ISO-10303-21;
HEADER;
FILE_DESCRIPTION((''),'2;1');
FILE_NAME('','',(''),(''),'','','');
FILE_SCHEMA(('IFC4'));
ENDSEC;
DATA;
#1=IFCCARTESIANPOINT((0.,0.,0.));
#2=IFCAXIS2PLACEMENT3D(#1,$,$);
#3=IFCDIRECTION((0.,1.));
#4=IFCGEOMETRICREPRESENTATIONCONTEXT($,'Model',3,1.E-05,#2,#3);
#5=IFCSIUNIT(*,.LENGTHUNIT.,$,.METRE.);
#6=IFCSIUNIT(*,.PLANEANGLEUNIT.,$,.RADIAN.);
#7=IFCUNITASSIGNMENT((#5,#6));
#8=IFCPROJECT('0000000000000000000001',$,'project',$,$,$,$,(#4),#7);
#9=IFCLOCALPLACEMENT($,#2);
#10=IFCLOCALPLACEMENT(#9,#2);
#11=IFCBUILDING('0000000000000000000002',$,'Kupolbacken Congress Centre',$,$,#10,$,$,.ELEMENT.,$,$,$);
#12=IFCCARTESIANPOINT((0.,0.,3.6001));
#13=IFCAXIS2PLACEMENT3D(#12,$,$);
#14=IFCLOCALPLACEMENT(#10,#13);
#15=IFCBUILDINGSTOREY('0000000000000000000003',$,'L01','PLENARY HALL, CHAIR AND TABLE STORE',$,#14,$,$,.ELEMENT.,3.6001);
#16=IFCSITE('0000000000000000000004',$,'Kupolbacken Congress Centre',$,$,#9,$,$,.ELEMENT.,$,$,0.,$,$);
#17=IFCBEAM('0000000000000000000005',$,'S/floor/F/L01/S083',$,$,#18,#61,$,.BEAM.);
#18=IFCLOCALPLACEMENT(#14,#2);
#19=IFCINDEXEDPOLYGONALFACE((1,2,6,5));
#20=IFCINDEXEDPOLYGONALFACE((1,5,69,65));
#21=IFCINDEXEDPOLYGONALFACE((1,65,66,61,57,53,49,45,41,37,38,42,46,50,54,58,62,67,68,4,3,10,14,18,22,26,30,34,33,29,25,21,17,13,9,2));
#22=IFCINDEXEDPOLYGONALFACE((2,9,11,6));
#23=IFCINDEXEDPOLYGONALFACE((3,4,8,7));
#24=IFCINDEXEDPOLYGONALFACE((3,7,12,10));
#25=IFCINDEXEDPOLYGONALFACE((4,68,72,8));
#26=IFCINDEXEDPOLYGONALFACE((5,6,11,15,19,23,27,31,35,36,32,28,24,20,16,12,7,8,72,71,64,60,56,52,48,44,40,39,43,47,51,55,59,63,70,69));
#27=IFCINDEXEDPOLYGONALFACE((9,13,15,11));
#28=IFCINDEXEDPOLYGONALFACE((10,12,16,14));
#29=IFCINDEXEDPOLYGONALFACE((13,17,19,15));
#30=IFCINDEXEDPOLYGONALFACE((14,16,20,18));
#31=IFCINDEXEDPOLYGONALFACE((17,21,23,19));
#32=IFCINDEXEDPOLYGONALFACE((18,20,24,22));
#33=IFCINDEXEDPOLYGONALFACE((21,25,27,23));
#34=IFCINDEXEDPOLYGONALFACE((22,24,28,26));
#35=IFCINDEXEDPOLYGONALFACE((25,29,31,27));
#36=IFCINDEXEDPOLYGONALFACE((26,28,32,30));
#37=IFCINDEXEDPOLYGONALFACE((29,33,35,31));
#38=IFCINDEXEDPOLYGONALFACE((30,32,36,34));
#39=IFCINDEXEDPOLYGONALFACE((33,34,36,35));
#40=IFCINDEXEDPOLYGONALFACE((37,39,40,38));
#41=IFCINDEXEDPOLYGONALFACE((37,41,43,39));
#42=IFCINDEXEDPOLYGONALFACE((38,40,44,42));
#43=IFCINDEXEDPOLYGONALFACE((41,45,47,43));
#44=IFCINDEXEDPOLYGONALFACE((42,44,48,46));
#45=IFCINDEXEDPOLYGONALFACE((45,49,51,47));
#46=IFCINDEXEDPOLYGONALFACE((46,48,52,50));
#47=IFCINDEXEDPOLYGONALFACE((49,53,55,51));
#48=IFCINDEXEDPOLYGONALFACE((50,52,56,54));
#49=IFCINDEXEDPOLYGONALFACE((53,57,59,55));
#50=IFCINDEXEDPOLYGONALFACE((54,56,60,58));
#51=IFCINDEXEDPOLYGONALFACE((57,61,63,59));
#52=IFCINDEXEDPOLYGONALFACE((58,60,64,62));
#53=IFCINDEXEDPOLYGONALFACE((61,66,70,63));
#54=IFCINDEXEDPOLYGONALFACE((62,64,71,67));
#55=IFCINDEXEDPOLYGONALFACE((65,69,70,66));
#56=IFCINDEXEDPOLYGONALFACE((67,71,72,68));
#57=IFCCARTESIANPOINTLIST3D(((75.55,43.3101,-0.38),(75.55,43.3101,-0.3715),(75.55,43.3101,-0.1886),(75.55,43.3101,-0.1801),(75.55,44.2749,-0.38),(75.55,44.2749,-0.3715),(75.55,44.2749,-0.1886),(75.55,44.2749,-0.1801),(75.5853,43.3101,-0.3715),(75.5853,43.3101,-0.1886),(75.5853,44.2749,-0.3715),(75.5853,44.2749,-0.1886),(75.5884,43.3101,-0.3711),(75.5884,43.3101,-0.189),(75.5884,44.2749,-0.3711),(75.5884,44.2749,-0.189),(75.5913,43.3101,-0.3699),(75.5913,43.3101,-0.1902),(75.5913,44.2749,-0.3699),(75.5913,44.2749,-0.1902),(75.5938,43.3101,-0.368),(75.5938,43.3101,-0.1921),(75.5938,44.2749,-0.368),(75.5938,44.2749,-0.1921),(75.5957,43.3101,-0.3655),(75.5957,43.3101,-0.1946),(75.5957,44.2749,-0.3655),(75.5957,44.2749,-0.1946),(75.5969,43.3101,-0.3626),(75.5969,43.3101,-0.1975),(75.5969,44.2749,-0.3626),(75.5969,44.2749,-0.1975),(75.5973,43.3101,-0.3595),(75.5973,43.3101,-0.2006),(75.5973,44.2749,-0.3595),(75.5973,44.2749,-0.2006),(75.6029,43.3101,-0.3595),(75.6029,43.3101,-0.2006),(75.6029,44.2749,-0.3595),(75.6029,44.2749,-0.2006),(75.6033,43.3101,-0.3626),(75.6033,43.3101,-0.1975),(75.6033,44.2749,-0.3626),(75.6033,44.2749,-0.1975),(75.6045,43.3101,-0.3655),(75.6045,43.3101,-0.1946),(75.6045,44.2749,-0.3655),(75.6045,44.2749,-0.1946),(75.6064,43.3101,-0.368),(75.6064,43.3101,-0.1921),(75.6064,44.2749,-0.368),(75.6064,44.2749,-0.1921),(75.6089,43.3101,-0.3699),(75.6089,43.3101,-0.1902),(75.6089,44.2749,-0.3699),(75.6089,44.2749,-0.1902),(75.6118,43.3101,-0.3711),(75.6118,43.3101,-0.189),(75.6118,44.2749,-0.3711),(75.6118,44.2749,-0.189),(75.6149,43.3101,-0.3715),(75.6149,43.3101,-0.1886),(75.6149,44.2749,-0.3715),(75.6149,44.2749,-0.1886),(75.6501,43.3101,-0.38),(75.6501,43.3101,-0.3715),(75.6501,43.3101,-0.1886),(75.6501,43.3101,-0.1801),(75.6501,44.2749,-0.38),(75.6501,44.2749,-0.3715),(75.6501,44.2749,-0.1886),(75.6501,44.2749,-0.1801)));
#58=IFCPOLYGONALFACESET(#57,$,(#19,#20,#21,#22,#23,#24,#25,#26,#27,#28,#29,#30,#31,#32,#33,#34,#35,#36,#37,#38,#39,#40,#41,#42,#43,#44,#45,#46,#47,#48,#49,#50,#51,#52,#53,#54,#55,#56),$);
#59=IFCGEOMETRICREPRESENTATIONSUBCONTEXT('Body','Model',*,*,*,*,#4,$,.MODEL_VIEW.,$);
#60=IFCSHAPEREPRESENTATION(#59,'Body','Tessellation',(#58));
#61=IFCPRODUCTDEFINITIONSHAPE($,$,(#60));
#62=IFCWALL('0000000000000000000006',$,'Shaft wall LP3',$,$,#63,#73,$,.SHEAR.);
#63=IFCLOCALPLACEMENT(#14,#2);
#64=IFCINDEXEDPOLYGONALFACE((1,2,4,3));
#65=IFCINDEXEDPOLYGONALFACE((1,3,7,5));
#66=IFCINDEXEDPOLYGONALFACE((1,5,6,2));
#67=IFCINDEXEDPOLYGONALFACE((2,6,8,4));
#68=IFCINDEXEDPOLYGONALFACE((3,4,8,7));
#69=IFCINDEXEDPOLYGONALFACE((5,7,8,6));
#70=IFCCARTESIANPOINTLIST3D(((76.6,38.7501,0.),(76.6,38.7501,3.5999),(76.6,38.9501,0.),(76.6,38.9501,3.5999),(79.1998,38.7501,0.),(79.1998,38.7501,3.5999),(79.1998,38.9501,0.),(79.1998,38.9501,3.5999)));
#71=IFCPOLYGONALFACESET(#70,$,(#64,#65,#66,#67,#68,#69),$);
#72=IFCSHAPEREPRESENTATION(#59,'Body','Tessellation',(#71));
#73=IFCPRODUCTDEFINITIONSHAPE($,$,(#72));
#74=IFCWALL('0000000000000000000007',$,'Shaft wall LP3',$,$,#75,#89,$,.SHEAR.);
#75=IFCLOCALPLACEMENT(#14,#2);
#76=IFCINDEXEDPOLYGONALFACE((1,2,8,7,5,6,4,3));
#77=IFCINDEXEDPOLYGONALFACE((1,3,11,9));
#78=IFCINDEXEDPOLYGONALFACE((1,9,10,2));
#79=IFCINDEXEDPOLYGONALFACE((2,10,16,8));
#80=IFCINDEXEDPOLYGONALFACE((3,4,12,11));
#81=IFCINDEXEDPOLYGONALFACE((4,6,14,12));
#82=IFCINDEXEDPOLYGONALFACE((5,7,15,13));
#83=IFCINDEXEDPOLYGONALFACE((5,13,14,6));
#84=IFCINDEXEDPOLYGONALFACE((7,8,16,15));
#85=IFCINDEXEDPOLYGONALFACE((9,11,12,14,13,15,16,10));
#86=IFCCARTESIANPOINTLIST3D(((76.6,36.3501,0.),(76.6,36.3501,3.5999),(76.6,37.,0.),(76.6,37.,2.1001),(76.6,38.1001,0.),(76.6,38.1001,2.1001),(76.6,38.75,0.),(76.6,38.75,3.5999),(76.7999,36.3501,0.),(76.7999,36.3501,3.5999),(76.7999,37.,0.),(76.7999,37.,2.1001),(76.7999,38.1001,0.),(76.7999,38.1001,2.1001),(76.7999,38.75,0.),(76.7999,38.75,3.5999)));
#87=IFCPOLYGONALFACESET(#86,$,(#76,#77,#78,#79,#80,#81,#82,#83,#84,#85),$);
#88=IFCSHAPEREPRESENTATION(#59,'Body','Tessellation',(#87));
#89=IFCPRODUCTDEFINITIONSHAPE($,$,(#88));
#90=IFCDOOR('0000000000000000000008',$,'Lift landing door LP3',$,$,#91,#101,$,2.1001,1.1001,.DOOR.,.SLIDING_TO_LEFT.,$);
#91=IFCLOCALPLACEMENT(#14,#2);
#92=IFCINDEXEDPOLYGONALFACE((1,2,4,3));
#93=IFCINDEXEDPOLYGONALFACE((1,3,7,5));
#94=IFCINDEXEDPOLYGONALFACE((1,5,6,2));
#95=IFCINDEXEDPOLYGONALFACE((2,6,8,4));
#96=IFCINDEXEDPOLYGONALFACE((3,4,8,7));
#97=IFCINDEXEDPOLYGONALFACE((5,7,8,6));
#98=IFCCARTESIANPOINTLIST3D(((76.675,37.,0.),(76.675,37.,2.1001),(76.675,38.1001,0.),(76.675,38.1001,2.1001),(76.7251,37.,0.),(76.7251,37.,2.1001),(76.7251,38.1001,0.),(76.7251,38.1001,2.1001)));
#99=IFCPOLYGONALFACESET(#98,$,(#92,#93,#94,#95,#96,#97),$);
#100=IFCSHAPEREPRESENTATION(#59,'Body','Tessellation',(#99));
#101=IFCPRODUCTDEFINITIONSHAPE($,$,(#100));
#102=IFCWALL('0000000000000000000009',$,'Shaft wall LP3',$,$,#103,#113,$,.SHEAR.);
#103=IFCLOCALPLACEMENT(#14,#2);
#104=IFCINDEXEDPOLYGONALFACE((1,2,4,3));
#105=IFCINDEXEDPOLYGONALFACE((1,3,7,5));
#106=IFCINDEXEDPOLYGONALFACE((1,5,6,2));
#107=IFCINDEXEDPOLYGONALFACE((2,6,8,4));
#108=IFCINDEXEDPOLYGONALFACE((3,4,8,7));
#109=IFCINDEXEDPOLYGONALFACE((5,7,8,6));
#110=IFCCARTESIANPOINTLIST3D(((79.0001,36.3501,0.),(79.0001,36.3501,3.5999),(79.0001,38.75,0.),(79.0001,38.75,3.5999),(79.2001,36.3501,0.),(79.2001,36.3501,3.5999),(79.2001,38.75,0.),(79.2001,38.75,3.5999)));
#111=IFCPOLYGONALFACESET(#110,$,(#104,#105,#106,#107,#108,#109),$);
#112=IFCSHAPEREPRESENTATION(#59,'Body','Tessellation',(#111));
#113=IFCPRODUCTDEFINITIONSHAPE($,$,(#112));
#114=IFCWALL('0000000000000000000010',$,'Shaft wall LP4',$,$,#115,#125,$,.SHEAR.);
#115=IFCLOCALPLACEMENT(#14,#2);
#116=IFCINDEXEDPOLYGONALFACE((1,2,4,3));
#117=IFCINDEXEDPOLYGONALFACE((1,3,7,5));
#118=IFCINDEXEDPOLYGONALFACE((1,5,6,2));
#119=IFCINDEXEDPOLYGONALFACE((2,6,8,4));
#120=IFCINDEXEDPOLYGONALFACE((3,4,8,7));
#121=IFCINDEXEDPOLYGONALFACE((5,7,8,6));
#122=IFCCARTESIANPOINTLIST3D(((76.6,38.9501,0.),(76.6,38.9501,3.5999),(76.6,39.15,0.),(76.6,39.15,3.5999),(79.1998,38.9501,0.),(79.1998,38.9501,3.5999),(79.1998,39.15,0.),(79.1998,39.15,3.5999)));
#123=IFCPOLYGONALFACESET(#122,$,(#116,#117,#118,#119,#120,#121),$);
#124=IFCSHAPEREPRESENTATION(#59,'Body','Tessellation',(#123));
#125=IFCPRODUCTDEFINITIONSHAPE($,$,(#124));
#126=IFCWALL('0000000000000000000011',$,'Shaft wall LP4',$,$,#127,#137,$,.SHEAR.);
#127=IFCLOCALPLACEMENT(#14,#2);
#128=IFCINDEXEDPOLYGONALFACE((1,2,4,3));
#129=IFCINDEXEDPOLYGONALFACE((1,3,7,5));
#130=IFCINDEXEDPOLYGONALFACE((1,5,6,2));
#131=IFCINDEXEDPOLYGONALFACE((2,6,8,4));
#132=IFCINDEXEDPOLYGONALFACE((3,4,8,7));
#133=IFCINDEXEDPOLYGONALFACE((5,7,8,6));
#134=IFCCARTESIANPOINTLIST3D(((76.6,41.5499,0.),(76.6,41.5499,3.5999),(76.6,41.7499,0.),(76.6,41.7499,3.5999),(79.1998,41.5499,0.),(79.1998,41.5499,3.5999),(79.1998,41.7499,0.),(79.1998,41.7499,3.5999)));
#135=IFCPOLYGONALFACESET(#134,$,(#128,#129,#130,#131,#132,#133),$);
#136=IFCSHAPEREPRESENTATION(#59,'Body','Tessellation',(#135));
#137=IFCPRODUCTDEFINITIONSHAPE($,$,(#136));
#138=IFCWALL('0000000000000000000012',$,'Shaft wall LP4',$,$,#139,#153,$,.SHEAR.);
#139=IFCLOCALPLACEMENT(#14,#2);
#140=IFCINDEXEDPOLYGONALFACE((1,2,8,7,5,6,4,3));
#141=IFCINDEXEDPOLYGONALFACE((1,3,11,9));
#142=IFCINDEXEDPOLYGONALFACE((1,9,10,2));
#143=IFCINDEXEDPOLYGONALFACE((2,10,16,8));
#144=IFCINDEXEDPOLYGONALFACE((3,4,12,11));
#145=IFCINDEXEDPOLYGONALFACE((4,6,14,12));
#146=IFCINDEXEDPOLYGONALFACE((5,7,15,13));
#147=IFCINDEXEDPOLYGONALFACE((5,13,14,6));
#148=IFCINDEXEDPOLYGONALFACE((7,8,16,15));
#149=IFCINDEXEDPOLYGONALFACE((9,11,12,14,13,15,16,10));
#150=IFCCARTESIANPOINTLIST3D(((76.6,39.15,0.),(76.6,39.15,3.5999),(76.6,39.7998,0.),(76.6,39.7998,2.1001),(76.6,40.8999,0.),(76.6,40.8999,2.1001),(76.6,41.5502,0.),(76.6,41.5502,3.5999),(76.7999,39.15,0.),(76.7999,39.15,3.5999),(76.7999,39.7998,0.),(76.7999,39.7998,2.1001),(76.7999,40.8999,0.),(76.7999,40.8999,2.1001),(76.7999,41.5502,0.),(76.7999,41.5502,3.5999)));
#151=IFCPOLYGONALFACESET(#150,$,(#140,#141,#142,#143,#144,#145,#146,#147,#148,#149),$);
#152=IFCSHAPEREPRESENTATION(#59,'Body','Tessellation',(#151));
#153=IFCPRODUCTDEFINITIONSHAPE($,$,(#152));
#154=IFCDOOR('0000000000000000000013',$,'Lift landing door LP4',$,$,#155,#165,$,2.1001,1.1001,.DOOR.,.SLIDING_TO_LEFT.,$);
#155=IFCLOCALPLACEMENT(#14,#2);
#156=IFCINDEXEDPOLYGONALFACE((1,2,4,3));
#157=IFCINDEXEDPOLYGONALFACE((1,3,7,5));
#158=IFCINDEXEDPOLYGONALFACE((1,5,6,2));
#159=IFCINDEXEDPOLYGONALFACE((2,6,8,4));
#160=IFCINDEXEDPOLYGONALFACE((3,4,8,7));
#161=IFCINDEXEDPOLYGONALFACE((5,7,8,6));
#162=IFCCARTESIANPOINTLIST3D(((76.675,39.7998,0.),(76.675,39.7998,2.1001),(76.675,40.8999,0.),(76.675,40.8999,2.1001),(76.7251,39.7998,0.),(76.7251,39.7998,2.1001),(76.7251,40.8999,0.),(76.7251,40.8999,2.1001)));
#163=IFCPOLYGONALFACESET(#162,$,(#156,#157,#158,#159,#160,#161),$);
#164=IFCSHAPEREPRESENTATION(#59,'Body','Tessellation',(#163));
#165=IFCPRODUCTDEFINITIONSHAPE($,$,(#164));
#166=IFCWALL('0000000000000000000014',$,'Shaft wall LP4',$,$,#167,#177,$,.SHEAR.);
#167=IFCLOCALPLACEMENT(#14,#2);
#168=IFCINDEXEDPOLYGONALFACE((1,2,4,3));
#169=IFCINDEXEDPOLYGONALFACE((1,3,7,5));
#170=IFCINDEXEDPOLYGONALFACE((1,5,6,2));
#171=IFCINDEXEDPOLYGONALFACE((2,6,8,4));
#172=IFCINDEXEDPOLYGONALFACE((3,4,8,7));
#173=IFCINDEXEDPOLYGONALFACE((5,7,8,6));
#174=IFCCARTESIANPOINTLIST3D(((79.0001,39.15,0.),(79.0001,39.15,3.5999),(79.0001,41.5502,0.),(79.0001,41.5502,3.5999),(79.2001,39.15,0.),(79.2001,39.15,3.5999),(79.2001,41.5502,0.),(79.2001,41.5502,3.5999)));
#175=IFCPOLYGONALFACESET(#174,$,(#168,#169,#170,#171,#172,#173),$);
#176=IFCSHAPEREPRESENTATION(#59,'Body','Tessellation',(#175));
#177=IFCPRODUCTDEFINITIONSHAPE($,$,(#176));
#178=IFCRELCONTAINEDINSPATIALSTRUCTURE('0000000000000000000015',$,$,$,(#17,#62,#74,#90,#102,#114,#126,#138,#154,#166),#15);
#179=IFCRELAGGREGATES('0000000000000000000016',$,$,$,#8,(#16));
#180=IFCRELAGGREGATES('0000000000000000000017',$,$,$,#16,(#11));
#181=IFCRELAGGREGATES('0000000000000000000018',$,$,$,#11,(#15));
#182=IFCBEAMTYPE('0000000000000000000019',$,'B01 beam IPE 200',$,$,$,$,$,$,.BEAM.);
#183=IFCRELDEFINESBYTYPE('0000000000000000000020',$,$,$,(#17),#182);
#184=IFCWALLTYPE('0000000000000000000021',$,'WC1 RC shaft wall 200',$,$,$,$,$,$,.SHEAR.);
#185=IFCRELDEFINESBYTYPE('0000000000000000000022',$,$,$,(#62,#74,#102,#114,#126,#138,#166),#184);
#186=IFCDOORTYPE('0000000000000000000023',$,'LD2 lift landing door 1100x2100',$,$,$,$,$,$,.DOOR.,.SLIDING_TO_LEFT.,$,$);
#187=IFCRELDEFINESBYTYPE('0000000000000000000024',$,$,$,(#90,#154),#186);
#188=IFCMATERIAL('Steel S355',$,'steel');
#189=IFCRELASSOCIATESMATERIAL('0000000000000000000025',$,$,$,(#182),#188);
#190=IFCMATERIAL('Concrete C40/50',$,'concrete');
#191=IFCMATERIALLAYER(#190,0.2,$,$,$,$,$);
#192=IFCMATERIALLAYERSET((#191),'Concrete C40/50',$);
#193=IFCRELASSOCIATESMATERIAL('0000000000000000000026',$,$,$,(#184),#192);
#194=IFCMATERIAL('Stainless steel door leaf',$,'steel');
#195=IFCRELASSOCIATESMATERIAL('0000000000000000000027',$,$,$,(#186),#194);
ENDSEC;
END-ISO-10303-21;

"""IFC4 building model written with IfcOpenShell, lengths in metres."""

from ifc_helpers import new_model, si_unit, direction, frame, frame_2d, origin, origin_2d, place, context, subcontext, project, spatial, rectangle, i_section, extrude, material, layer, layer_set, material_profile, profile_set, type_object, element, fill, save


model = new_model("IFC4")

# Units and contexts
model_context = context("Model", 3, precision=1e-05, world=origin(), true_north=direction((0.0, 1.0)))
body_context = subcontext(model_context, "Body", "Model", "MODEL_VIEW")
ifc_project = project(units=[si_unit("LENGTHUNIT", "METRE"), si_unit("PLANEANGLEUNIT", "RADIAN")], contexts=[model_context])

# Site, building, storey
site_placement = place(None, origin())
site = spatial("IfcSite", under=ifc_project, at=site_placement, Name="Kupolbacken Congress Centre", CompositionType="ELEMENT", RefElevation=0.0)
building_placement = place(site_placement, origin())
building = spatial("IfcBuilding", under=site, at=building_placement, Name="Kupolbacken Congress Centre", CompositionType="ELEMENT")
storey_placement = place(building_placement, frame((0.0, 0.0, 3.6001)))
storey = spatial("IfcBuildingStorey", under=building, at=storey_placement, Name="L01", Description="PLENARY HALL, CHAIR AND TABLE STORE", CompositionType="ELEMENT", Elevation=3.6001)

# Beam
ifc_material_1 = material(Name="Steel S355", Category="steel")
ifc_material_profile = material_profile(ifc_material_1, i_section(OverallWidth=0.1001, OverallDepth=0.2, WebThickness=0.0056, FlangeThickness=0.0085, FilletRadius=0.012, at=origin_2d()), Name="IPE 200")
ifc_profile_set = profile_set([ifc_material_profile], Name="Steel S355")
beam_type = type_object("IfcBeamType", Name="B01 beam IPE 200", PredefinedType="BEAM", material=ifc_profile_set)
beam_placement = place(storey_placement, frame((75.6001, 43.3101, -0.28), z_axis=(0.0, 1.0, 0.0), x_axis=(-1.0, 0.0, 0.0)))
element("IfcBeam", 1, at=beam_placement, inside=storey, type_object=beam_type, Name="S/floor/F/L01/S083", PredefinedType="BEAM", context=body_context, shape_type="SweptSolid", body=[
    extrude(i_section(OverallWidth=0.1001, OverallDepth=0.2, WebThickness=0.0056, FlangeThickness=0.0085, FilletRadius=0.012, at=origin_2d()), origin(), (0.0, 0.0, 1.0), 0.9648),
])

# Wall
ifc_material_2 = material(Name="Concrete C40/50", Category="concrete")
ifc_layer_1 = layer(ifc_material_2, 0.2)
ifc_layer_set_1 = layer_set([ifc_layer_1], Name="Concrete C40/50")
wall_type_1 = type_object("IfcWallType", Name="WC1 RC shaft wall 200", PredefinedType="SHEAR", material=ifc_layer_set_1)
wall_1_placement = place(storey_placement, frame((76.6001, 38.8501, 0.0), z_axis=(0.0, 0.0, 1.0), x_axis=(1.0, 0.0, 0.0)))
element("IfcWall", 2, at=wall_1_placement, inside=storey, type_object=wall_type_1, Name="Shaft wall LP3", PredefinedType="SHEAR", context=body_context, shape_type="SweptSolid", body=[
    extrude(rectangle(XDim=2.5999, YDim=0.2, at=frame_2d((1.2998, 0.0))), origin(), (0.0, 0.0, 1.0), 3.5999),
])

# Wall, opening, door
wall_2_placement = place(storey_placement, frame((76.7, 36.3501, 0.0), z_axis=(0.0, 0.0, 1.0), x_axis=(0.0, 1.0, 0.0)))
wall_2 = element("IfcWall", 3, at=wall_2_placement, inside=storey, type_object=wall_type_1, Name="Shaft wall LP3", PredefinedType="SHEAR", context=body_context, shape_type="SweptSolid", body=[
    extrude(rectangle(XDim=2.3999, YDim=0.2, at=frame_2d((1.2, 0.0))), origin(), (0.0, 0.0, 1.0), 3.5999),
])
opening_1_placement = place(wall_2_placement, frame((0.6499, 0.0, 0.0)))
opening_1 = element("IfcOpeningElement", 4, at=opening_1_placement, cuts=wall_2, PredefinedType="OPENING", context=body_context, shape_type="SweptSolid", body=[
    extrude(rectangle(XDim=1.1001, YDim=2.1001, at=frame_2d((0.55, 1.05))), frame((0.0, 0.1099, 0.0), z_axis=(0.0, -1.0, 0.0), x_axis=(1.0, 0.0, 0.0)), (0.0, 0.0, 1.0), 0.22),
])
ifc_material_3 = material(Name="Stainless steel door leaf", Category="steel")
door_type_1 = type_object("IfcDoorType", Name="LD2 lift landing door 1100x2100", OperationType="SLIDING_TO_LEFT", PredefinedType="DOOR", material=ifc_material_3)
door_1_placement = place(opening_1_placement, origin())
door_1 = element("IfcDoor", 5, at=door_1_placement, inside=storey, type_object=door_type_1, Name="Lift landing door LP3", OperationType="SLIDING_TO_LEFT", OverallHeight=2.1001, OverallWidth=1.1001, PredefinedType="DOOR", context=body_context, shape_type="SweptSolid", body=[
    extrude(rectangle(XDim=1.1001, YDim=2.1001, at=frame_2d((0.55, 1.05))), frame((0.0, 0.0249, 0.0), z_axis=(0.0, -1.0, 0.0), x_axis=(1.0, 0.0, 0.0)), (0.0, 0.0, 1.0), 0.05),
])
fill(opening_1, door_1)

# Walls
wall_3_placement = place(storey_placement, frame((79.1001, 36.3501, 0.0), z_axis=(0.0, 0.0, 1.0), x_axis=(0.0, 1.0, 0.0)))
element("IfcWall", 6, at=wall_3_placement, inside=storey, type_object=wall_type_1, Name="Shaft wall LP3", PredefinedType="SHEAR", context=body_context, shape_type="SweptSolid", body=[
    extrude(rectangle(XDim=2.3999, YDim=0.2, at=frame_2d((1.2, 0.0))), origin(), (0.0, 0.0, 1.0), 3.5999),
])
for number, where, z_axis, x_axis, name in (
    (7, (76.6001, 39.05, 0.0), (0.0, 0.0, 1.0), (1.0, 0.0, 0.0), "Shaft wall LP4"),
    (8, (76.6001, 41.6499, 0.0), (0.0, 0.0, 1.0), (1.0, 0.0, 0.0), "Shaft wall LP4"),
):
    element("IfcWall", number, at=place(storey_placement, frame(where, z_axis=z_axis, x_axis=x_axis)), inside=storey, type_object=wall_type_1, Name=name, PredefinedType="SHEAR", context=body_context, shape_type="SweptSolid", body=[
        extrude(rectangle(XDim=2.5999, YDim=0.2, at=frame_2d((1.2998, 0.0))), origin(), (0.0, 0.0, 1.0), 3.5999),
    ])

# Wall, opening, door
wall_4_placement = place(storey_placement, frame((76.7, 39.1499, 0.0), z_axis=(0.0, 0.0, 1.0), x_axis=(0.0, 1.0, 0.0)))
wall_4 = element("IfcWall", 9, at=wall_4_placement, inside=storey, type_object=wall_type_1, Name="Shaft wall LP4", PredefinedType="SHEAR", context=body_context, shape_type="SweptSolid", body=[
    extrude(rectangle(XDim=2.4001, YDim=0.2, at=frame_2d((1.2002, 0.0))), origin(), (0.0, 0.0, 1.0), 3.5999),
])
opening_2_placement = place(wall_4_placement, frame((0.6499, 0.0, 0.0)))
opening_2 = element("IfcOpeningElement", 10, at=opening_2_placement, cuts=wall_4, PredefinedType="OPENING", context=body_context, shape_type="SweptSolid", body=[
    extrude(rectangle(XDim=1.1001, YDim=2.1001, at=frame_2d((0.55, 1.05))), frame((0.0, 0.1099, 0.0), z_axis=(0.0, -1.0, 0.0), x_axis=(1.0, 0.0, 0.0)), (0.0, 0.0, 1.0), 0.22),
])
door_2_placement = place(opening_2_placement, origin())
door_2 = element("IfcDoor", 11, at=door_2_placement, inside=storey, type_object=door_type_1, Name="Lift landing door LP4", OperationType="SLIDING_TO_LEFT", OverallHeight=2.1001, OverallWidth=1.1001, PredefinedType="DOOR", context=body_context, shape_type="SweptSolid", body=[
    extrude(rectangle(XDim=1.1001, YDim=2.1001, at=frame_2d((0.55, 1.05))), frame((0.0, 0.0249, 0.0), z_axis=(0.0, -1.0, 0.0), x_axis=(1.0, 0.0, 0.0)), (0.0, 0.0, 1.0), 0.05),
])
fill(opening_2, door_2)

# Wall
wall_5_placement = place(storey_placement, frame((79.1001, 39.1499, 0.0), z_axis=(0.0, 0.0, 1.0), x_axis=(0.0, 1.0, 0.0)))
element("IfcWall", 12, at=wall_5_placement, inside=storey, type_object=wall_type_1, Name="Shaft wall LP4", PredefinedType="SHEAR", context=body_context, shape_type="SweptSolid", body=[
    extrude(rectangle(XDim=2.4001, YDim=0.2, at=frame_2d((1.2002, 0.0))), origin(), (0.0, 0.0, 1.0), 3.5999),
])

save(model, "model.ifc")
